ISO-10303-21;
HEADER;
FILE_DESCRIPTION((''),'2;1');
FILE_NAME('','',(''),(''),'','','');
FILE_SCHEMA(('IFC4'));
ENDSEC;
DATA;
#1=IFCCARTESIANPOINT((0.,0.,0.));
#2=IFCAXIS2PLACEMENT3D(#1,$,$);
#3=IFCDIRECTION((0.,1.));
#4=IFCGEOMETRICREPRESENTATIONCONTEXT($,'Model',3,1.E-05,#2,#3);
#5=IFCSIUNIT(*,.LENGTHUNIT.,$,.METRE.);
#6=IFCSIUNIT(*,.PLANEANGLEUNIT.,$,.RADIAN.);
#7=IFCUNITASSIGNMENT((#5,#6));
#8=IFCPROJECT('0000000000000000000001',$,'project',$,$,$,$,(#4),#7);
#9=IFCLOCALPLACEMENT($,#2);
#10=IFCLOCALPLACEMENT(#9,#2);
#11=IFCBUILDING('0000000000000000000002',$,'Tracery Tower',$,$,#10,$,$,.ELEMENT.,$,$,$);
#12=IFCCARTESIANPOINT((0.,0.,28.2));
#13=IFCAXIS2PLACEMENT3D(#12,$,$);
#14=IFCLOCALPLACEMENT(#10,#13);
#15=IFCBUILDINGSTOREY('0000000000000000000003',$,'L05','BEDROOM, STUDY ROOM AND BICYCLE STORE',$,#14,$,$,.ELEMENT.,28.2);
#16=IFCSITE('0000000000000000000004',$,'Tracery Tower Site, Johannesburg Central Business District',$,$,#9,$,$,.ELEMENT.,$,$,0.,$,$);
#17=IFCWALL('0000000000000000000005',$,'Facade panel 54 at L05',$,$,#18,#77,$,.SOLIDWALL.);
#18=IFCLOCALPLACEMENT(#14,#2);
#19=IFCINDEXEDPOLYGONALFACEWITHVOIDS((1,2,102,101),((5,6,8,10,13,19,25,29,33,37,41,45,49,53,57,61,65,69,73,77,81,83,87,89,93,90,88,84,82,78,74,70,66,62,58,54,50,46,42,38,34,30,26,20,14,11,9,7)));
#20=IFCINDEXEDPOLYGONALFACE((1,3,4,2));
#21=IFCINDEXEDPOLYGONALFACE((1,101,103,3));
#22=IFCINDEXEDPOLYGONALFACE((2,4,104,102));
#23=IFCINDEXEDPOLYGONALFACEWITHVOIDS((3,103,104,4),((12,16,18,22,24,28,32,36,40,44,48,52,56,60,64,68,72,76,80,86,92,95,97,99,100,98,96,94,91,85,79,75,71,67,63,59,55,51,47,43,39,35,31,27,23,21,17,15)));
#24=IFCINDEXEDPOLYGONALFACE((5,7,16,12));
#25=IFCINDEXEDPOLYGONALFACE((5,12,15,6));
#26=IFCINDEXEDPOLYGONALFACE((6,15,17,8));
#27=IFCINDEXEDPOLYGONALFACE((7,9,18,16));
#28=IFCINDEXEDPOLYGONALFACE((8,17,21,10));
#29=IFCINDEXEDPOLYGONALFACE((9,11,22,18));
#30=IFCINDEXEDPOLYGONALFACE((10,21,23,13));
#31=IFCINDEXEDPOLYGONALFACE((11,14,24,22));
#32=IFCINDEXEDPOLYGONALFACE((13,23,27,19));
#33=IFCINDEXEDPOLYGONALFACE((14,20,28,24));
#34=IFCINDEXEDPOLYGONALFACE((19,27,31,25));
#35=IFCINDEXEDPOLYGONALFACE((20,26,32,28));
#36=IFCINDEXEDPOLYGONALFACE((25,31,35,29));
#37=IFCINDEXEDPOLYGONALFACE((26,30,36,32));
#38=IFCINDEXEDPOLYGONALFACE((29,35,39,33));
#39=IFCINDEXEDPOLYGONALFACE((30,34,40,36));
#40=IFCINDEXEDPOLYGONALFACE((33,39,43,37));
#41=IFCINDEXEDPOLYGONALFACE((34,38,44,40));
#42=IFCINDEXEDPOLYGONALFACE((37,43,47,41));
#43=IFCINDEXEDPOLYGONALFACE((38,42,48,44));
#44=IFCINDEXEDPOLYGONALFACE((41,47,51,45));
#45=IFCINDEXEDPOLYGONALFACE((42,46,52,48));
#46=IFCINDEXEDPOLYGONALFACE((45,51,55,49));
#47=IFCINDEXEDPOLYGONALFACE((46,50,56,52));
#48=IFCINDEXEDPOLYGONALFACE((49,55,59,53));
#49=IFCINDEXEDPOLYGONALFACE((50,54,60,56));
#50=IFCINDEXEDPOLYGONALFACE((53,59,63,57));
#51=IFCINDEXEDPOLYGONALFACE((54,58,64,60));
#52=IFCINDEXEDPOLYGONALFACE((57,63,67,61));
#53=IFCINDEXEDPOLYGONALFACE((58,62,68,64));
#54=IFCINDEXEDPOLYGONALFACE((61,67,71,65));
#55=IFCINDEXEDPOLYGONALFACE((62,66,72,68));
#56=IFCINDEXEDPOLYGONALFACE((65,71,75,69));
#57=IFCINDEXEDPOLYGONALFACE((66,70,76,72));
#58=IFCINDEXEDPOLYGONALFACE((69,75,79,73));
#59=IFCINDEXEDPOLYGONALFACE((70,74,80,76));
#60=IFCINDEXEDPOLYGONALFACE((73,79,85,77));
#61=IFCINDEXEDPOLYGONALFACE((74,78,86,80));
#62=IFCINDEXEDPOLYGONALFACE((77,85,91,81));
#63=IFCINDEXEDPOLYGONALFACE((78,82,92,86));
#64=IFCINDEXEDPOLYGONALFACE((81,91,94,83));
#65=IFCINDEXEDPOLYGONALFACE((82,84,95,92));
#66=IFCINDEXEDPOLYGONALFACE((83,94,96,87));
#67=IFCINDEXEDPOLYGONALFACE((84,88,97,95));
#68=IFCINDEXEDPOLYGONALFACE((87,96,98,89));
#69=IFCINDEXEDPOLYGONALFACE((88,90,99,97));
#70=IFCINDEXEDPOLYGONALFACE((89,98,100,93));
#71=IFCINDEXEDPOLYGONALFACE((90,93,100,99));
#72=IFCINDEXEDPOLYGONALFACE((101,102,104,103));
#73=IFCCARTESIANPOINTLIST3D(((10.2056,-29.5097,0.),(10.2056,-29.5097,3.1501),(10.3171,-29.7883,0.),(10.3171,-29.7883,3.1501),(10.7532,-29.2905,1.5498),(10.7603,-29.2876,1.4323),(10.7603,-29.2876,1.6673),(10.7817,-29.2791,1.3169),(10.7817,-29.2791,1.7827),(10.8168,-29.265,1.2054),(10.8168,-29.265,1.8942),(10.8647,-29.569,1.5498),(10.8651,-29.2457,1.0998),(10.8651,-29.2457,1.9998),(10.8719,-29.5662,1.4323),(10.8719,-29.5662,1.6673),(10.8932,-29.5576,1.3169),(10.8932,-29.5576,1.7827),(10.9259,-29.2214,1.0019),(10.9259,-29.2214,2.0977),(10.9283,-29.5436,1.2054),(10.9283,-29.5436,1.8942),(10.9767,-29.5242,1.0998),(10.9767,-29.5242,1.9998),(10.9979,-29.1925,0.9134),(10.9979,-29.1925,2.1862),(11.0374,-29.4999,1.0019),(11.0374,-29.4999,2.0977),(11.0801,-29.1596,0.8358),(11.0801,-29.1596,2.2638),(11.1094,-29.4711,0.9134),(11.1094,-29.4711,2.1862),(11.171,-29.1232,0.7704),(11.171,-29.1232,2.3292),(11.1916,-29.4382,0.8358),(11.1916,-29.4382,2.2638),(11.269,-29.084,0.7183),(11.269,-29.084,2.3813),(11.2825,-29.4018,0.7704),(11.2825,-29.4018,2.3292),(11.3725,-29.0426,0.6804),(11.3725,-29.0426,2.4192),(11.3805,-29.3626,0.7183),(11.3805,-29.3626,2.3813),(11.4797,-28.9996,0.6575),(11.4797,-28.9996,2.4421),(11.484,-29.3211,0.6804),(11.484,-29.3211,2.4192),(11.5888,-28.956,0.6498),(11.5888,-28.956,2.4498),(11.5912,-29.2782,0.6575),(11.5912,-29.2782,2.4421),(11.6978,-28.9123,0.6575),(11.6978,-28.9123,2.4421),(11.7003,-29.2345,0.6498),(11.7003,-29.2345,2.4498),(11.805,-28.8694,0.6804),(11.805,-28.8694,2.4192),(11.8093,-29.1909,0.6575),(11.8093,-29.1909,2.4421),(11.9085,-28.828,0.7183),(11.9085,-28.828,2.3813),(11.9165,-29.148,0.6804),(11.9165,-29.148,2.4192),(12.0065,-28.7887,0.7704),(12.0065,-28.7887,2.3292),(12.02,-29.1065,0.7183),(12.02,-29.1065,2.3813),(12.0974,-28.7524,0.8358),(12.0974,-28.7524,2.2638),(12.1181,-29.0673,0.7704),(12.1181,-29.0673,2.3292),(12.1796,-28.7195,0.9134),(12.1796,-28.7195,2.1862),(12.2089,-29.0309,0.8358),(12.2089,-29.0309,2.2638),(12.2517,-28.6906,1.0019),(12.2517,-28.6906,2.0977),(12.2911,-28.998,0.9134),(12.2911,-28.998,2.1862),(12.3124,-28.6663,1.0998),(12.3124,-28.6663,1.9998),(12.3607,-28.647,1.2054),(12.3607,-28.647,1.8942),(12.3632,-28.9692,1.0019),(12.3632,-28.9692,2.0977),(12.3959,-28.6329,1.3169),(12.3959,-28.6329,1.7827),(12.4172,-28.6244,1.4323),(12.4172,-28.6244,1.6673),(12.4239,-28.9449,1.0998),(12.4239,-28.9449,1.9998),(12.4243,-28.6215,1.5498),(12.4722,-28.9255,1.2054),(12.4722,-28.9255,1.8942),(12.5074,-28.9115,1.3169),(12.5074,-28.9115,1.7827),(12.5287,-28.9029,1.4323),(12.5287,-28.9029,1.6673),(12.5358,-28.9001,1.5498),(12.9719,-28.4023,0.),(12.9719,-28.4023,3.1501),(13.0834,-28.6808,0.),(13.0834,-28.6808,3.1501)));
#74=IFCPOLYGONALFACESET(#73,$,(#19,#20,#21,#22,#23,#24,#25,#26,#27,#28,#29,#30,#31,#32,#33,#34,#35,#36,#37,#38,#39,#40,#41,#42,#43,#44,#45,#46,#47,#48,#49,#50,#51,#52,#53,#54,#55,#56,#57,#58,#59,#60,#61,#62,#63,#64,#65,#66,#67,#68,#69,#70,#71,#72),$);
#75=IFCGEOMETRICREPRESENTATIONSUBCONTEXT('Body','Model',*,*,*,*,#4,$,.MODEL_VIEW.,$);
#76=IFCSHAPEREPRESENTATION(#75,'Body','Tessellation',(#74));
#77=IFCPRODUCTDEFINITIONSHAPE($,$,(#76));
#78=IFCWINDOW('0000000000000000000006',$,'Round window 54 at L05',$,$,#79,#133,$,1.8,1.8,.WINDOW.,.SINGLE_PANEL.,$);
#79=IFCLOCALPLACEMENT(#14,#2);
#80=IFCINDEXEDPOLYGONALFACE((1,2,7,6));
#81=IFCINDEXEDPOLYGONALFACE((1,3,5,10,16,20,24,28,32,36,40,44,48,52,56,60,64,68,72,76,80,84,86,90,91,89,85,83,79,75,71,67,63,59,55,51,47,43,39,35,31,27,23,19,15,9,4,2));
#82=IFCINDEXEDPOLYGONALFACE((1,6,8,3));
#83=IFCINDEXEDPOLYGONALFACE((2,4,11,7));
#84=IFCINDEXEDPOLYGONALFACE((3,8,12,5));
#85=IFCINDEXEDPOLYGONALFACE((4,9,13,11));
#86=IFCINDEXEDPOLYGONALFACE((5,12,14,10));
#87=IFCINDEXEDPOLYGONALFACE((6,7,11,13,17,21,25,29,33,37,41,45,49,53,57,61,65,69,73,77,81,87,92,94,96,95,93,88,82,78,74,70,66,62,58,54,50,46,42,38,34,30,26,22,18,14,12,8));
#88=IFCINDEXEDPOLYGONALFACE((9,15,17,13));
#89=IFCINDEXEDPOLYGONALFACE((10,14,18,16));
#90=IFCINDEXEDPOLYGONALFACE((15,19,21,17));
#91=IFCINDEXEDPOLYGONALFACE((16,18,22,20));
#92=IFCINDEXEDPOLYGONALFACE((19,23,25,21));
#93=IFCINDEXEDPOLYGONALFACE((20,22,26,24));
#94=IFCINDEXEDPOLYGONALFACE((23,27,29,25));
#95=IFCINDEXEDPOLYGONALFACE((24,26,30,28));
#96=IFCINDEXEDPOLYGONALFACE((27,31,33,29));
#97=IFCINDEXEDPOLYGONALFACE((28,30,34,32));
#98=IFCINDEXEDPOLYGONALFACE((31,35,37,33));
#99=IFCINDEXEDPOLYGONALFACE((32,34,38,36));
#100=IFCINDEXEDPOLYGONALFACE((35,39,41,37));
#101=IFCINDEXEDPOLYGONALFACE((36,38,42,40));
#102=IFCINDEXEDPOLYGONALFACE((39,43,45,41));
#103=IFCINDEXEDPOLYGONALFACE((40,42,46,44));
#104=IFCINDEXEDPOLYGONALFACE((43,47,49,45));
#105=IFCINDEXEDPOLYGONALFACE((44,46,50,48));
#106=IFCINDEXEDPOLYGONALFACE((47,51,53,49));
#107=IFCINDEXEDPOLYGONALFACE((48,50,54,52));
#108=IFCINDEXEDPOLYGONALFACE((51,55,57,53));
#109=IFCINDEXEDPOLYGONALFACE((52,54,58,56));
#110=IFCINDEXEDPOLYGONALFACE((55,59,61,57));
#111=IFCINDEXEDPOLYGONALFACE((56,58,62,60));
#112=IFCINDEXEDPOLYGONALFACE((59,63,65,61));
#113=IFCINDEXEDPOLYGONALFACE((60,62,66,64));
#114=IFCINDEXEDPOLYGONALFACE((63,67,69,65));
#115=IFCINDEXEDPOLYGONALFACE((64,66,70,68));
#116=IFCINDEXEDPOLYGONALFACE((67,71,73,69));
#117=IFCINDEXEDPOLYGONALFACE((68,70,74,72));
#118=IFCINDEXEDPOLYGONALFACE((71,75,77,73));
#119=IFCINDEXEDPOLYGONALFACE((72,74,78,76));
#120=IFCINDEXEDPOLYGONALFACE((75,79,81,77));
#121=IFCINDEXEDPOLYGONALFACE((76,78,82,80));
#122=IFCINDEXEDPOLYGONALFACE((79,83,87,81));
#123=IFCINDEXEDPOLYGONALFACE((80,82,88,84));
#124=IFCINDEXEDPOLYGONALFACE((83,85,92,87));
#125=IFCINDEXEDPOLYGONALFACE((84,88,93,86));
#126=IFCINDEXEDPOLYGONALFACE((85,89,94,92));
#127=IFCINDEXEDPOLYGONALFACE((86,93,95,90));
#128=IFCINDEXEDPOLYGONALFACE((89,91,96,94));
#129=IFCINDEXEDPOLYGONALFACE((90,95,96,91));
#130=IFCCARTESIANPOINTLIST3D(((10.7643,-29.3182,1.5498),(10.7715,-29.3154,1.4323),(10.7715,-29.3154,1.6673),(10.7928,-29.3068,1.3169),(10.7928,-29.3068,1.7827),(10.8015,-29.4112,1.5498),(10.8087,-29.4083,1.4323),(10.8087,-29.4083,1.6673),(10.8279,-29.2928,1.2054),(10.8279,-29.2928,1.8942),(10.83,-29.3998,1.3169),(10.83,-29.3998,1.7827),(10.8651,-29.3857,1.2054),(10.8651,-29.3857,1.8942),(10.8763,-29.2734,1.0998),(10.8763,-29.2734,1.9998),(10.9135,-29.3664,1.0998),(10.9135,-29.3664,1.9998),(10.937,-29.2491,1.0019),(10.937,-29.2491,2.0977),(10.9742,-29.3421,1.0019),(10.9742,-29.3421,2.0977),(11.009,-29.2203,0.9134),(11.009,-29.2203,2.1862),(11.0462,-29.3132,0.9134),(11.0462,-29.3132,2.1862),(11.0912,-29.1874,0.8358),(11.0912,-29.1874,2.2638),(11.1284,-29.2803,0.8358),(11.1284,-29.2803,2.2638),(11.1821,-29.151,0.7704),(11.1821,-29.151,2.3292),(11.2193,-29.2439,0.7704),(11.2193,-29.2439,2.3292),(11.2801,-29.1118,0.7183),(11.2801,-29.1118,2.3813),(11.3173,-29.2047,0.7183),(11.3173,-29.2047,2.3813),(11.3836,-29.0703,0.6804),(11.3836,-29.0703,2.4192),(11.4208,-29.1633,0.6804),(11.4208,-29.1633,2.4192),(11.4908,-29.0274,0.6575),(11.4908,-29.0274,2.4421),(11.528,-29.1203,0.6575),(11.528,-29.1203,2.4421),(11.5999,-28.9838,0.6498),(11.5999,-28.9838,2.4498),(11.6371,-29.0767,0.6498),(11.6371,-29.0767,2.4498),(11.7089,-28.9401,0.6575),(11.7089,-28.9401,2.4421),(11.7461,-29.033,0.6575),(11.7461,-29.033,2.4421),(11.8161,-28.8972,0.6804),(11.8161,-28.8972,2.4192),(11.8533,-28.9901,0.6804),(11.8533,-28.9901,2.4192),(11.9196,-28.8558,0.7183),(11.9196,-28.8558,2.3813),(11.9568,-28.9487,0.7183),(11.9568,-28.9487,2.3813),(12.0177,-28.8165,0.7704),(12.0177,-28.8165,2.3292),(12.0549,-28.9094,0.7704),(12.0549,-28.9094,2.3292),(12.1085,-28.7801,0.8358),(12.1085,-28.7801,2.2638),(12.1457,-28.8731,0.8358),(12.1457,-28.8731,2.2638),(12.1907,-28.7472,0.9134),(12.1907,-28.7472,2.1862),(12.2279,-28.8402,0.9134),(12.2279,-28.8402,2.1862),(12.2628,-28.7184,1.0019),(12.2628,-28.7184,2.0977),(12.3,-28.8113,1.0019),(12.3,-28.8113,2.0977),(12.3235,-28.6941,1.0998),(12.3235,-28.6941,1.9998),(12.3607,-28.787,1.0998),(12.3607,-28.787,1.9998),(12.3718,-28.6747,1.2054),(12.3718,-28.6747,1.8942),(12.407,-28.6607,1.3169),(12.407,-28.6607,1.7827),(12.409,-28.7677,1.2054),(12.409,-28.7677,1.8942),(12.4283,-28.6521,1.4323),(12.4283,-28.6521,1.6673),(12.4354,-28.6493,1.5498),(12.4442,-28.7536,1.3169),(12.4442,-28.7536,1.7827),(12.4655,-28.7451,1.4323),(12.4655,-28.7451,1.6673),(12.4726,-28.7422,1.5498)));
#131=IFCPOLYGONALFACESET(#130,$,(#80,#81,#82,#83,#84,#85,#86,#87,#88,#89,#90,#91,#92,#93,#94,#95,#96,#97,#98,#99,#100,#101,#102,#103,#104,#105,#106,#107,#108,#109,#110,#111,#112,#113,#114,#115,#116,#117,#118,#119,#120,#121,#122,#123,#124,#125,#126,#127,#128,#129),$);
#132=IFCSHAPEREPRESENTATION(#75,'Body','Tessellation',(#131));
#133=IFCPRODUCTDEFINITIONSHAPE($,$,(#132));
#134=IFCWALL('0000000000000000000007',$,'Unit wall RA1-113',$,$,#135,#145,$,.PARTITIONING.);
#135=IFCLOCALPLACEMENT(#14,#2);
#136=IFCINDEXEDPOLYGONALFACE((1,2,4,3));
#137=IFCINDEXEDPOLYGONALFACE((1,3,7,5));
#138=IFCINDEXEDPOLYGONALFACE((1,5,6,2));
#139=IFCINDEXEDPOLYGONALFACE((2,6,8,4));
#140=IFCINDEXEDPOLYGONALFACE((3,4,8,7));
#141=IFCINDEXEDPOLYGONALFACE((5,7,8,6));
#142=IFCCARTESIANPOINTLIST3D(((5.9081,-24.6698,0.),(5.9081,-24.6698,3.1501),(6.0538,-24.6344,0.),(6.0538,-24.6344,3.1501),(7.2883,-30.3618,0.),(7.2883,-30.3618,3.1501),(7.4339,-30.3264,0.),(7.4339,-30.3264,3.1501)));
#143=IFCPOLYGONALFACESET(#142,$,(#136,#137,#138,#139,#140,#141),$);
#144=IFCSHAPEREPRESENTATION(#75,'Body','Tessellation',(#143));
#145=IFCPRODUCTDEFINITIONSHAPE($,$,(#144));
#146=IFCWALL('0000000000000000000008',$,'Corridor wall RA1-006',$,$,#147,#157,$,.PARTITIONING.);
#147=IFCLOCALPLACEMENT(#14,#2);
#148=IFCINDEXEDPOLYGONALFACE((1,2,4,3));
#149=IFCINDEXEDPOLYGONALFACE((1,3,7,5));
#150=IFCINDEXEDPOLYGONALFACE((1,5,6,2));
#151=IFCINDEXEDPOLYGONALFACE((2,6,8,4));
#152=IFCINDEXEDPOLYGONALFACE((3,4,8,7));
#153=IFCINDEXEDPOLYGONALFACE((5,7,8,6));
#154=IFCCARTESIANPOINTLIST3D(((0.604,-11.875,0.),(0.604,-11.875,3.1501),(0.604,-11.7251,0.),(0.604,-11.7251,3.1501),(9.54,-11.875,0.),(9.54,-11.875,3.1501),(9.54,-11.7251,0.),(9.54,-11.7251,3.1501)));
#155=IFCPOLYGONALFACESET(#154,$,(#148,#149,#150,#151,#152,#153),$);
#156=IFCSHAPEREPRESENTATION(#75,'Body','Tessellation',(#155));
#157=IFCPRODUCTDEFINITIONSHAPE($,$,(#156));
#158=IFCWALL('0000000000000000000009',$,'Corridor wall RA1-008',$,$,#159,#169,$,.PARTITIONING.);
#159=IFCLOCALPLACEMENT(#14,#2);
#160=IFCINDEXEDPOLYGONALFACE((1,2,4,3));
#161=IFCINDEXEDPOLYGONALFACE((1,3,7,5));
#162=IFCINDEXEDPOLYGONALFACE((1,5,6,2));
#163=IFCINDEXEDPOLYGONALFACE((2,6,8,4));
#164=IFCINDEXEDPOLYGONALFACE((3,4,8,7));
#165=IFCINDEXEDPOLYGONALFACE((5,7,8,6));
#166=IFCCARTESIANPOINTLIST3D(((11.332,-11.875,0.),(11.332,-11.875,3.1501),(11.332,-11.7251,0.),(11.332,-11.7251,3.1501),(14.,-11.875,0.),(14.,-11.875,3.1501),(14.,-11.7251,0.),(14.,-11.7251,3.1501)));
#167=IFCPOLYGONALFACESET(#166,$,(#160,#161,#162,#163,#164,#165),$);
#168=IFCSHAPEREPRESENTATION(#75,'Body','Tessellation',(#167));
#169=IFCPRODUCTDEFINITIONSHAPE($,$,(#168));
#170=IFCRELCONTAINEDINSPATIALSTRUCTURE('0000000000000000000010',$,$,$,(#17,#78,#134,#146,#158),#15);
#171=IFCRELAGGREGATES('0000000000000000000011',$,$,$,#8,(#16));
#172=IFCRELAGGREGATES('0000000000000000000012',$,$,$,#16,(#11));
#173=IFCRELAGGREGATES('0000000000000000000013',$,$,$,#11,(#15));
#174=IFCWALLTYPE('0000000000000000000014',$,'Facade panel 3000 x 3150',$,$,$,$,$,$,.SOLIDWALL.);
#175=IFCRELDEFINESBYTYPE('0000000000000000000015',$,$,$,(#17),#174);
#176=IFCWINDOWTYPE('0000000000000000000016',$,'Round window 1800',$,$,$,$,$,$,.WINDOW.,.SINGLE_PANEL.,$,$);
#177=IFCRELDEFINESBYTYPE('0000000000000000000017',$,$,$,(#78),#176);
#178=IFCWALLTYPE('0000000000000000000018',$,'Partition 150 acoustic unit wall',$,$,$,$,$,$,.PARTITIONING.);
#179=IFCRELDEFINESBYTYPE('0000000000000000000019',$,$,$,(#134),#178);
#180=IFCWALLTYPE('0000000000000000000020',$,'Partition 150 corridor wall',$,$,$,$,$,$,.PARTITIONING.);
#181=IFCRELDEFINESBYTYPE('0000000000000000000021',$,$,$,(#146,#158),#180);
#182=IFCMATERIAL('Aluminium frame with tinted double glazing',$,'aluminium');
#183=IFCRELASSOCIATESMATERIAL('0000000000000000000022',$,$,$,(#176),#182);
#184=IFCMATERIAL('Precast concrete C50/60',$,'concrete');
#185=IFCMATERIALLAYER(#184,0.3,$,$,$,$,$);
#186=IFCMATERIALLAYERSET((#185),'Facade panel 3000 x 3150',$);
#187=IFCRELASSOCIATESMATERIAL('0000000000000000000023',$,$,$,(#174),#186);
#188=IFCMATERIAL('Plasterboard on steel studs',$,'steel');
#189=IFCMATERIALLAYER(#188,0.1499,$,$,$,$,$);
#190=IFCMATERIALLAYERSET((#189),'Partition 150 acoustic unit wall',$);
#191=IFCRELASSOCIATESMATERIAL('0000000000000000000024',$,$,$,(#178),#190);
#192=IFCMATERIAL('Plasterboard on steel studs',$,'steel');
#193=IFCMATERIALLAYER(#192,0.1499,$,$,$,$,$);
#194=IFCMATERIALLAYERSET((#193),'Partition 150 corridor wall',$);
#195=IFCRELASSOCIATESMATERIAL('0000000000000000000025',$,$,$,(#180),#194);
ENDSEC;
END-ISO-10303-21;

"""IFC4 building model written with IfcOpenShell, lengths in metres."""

from ifc_helpers import new_model, si_unit, direction, frame, frame_2d, origin, origin_2d, place, context, subcontext, project, spatial, rectangle, circle, extrude, material, layer, layer_set, type_object, element, fill, save


model = new_model("IFC4")

# Units and contexts
model_context = context("Model", 3, precision=1e-05, world=origin(), true_north=direction((0.0, 1.0)))
body_context = subcontext(model_context, "Body", "Model", "MODEL_VIEW")
ifc_project = project(units=[si_unit("LENGTHUNIT", "METRE"), si_unit("PLANEANGLEUNIT", "RADIAN")], contexts=[model_context])

# Site, building, storey
site_placement = place(None, origin())
site = spatial("IfcSite", under=ifc_project, at=site_placement, Name="Tracery Tower Site, Johannesburg Central Business District", CompositionType="ELEMENT", RefElevation=0.0)
building_placement = place(site_placement, origin())
building = spatial("IfcBuilding", under=site, at=building_placement, Name="Tracery Tower", CompositionType="ELEMENT")
storey_placement = place(building_placement, frame((0.0, 0.0, 28.2)))
storey = spatial("IfcBuildingStorey", under=building, at=storey_placement, Name="L05", Description="BEDROOM, STUDY ROOM AND BICYCLE STORE", CompositionType="ELEMENT", Elevation=28.2)

# Wall, opening, window
ifc_material_1 = material(Name="Aluminium frame with tinted double glazing", Category="aluminium")
window_type = type_object("IfcWindowType", Name="Round window 1800", PartitioningType="SINGLE_PANEL", PredefinedType="WINDOW", material=ifc_material_1)
ifc_material_2 = material(Name="Precast concrete C50/60", Category="concrete")
ifc_layer_1 = layer(ifc_material_2, 0.3)
ifc_layer_set_1 = layer_set([ifc_layer_1], Name="Facade panel 3000 x 3150")
wall_type_1 = type_object("IfcWallType", Name="Facade panel 3000 x 3150", PredefinedType="SOLIDWALL", material=ifc_layer_set_1)
wall_1_placement = place(storey_placement, frame((10.2615, -29.6489, 0.0), z_axis=(0.0, 0.0, 1.0), x_axis=(0.928375, 0.371645, 0.0)))
wall_1 = element("IfcWall", 1, at=wall_1_placement, inside=storey, type_object=wall_type_1, Name="Facade panel 54 at L05", PredefinedType="SOLIDWALL", context=body_context, shape_type="SweptSolid", body=[
    extrude(rectangle(XDim=2.9797, YDim=0.3, at=frame_2d((1.4897, 0.0))), origin(), (0.0, 0.0, 1.0), 3.1501),
])
opening_1_placement = place(wall_1_placement, frame((1.4897, 0.0, 1.5498)))
opening_1 = element("IfcOpeningElement", 2, at=opening_1_placement, cuts=wall_1, PredefinedType="OPENING", context=body_context, shape_type="SweptSolid", body=[
    extrude(circle(Radius=0.9, at=origin_2d()), frame((0.0, 0.1599, 0.0), z_axis=(0.0, -1.0, 0.0), x_axis=(1.0, 0.0, 0.0)), (0.0, 0.0, 1.0), 0.3201),
])
window_1_placement = place(opening_1_placement, origin())
window_1 = element("IfcWindow", 3, at=window_1_placement, inside=storey, type_object=window_type, Name="Round window 54 at L05", OverallHeight=1.8, OverallWidth=1.8, PartitioningType="SINGLE_PANEL", PredefinedType="WINDOW", context=body_context, shape_type="SweptSolid", body=[
    extrude(circle(Radius=0.9, at=origin_2d()), frame((0.0, 0.1201, 0.0), z_axis=(0.0, -1.0, 0.0), x_axis=(1.0, 0.0, 0.0)), (0.0, 0.0, 1.0), 0.1001),
])
fill(opening_1, window_1)

# Walls
ifc_material_3 = material(Name="Plasterboard on steel studs", Category="steel")
ifc_layer_2 = layer(ifc_material_3, 0.1499)
ifc_layer_set_2 = layer_set([ifc_layer_2], Name="Partition 150 acoustic unit wall")
wall_type_2 = type_object("IfcWallType", Name="Partition 150 acoustic unit wall", PredefinedType="PARTITIONING", material=ifc_layer_set_2)
wall_2_placement = place(storey_placement, frame((5.981, -24.6521, 0.0), z_axis=(0.0, 0.0, 1.0), x_axis=(0.235644, -0.971839, 0.0)))
element("IfcWall", 4, at=wall_2_placement, inside=storey, type_object=wall_type_2, Name="Unit wall RA1-113", PredefinedType="PARTITIONING", context=body_context, shape_type="SweptSolid", body=[
    extrude(rectangle(XDim=5.8569, YDim=0.1499, at=frame_2d((2.9285, 0.0))), origin(), (0.0, 0.0, 1.0), 3.1501),
])
ifc_material_4 = material(Name="Plasterboard on steel studs", Category="steel")
ifc_layer_3 = layer(ifc_material_4, 0.1499)
ifc_layer_set_3 = layer_set([ifc_layer_3], Name="Partition 150 corridor wall")
wall_type_3 = type_object("IfcWallType", Name="Partition 150 corridor wall", PredefinedType="PARTITIONING", material=ifc_layer_set_3)
wall_3_placement = place(storey_placement, frame((0.604, -11.8, 0.0), z_axis=(0.0, 0.0, 1.0), x_axis=(1.0, 0.0, 0.0)))
element("IfcWall", 5, at=wall_3_placement, inside=storey, type_object=wall_type_3, Name="Corridor wall RA1-006", PredefinedType="PARTITIONING", context=body_context, shape_type="SweptSolid", body=[
    extrude(rectangle(XDim=8.936, YDim=0.1499, at=frame_2d((4.468, 0.0))), origin(), (0.0, 0.0, 1.0), 3.1501),
])
wall_4_placement = place(storey_placement, frame((11.332, -11.8, 0.0), z_axis=(0.0, 0.0, 1.0), x_axis=(1.0, 0.0, 0.0)))
element("IfcWall", 6, at=wall_4_placement, inside=storey, type_object=wall_type_3, Name="Corridor wall RA1-008", PredefinedType="PARTITIONING", context=body_context, shape_type="SweptSolid", body=[
    extrude(rectangle(XDim=2.668, YDim=0.1499, at=frame_2d((1.334, 0.0))), origin(), (0.0, 0.0, 1.0), 3.1501),
])

save(model, "model.ifc")
